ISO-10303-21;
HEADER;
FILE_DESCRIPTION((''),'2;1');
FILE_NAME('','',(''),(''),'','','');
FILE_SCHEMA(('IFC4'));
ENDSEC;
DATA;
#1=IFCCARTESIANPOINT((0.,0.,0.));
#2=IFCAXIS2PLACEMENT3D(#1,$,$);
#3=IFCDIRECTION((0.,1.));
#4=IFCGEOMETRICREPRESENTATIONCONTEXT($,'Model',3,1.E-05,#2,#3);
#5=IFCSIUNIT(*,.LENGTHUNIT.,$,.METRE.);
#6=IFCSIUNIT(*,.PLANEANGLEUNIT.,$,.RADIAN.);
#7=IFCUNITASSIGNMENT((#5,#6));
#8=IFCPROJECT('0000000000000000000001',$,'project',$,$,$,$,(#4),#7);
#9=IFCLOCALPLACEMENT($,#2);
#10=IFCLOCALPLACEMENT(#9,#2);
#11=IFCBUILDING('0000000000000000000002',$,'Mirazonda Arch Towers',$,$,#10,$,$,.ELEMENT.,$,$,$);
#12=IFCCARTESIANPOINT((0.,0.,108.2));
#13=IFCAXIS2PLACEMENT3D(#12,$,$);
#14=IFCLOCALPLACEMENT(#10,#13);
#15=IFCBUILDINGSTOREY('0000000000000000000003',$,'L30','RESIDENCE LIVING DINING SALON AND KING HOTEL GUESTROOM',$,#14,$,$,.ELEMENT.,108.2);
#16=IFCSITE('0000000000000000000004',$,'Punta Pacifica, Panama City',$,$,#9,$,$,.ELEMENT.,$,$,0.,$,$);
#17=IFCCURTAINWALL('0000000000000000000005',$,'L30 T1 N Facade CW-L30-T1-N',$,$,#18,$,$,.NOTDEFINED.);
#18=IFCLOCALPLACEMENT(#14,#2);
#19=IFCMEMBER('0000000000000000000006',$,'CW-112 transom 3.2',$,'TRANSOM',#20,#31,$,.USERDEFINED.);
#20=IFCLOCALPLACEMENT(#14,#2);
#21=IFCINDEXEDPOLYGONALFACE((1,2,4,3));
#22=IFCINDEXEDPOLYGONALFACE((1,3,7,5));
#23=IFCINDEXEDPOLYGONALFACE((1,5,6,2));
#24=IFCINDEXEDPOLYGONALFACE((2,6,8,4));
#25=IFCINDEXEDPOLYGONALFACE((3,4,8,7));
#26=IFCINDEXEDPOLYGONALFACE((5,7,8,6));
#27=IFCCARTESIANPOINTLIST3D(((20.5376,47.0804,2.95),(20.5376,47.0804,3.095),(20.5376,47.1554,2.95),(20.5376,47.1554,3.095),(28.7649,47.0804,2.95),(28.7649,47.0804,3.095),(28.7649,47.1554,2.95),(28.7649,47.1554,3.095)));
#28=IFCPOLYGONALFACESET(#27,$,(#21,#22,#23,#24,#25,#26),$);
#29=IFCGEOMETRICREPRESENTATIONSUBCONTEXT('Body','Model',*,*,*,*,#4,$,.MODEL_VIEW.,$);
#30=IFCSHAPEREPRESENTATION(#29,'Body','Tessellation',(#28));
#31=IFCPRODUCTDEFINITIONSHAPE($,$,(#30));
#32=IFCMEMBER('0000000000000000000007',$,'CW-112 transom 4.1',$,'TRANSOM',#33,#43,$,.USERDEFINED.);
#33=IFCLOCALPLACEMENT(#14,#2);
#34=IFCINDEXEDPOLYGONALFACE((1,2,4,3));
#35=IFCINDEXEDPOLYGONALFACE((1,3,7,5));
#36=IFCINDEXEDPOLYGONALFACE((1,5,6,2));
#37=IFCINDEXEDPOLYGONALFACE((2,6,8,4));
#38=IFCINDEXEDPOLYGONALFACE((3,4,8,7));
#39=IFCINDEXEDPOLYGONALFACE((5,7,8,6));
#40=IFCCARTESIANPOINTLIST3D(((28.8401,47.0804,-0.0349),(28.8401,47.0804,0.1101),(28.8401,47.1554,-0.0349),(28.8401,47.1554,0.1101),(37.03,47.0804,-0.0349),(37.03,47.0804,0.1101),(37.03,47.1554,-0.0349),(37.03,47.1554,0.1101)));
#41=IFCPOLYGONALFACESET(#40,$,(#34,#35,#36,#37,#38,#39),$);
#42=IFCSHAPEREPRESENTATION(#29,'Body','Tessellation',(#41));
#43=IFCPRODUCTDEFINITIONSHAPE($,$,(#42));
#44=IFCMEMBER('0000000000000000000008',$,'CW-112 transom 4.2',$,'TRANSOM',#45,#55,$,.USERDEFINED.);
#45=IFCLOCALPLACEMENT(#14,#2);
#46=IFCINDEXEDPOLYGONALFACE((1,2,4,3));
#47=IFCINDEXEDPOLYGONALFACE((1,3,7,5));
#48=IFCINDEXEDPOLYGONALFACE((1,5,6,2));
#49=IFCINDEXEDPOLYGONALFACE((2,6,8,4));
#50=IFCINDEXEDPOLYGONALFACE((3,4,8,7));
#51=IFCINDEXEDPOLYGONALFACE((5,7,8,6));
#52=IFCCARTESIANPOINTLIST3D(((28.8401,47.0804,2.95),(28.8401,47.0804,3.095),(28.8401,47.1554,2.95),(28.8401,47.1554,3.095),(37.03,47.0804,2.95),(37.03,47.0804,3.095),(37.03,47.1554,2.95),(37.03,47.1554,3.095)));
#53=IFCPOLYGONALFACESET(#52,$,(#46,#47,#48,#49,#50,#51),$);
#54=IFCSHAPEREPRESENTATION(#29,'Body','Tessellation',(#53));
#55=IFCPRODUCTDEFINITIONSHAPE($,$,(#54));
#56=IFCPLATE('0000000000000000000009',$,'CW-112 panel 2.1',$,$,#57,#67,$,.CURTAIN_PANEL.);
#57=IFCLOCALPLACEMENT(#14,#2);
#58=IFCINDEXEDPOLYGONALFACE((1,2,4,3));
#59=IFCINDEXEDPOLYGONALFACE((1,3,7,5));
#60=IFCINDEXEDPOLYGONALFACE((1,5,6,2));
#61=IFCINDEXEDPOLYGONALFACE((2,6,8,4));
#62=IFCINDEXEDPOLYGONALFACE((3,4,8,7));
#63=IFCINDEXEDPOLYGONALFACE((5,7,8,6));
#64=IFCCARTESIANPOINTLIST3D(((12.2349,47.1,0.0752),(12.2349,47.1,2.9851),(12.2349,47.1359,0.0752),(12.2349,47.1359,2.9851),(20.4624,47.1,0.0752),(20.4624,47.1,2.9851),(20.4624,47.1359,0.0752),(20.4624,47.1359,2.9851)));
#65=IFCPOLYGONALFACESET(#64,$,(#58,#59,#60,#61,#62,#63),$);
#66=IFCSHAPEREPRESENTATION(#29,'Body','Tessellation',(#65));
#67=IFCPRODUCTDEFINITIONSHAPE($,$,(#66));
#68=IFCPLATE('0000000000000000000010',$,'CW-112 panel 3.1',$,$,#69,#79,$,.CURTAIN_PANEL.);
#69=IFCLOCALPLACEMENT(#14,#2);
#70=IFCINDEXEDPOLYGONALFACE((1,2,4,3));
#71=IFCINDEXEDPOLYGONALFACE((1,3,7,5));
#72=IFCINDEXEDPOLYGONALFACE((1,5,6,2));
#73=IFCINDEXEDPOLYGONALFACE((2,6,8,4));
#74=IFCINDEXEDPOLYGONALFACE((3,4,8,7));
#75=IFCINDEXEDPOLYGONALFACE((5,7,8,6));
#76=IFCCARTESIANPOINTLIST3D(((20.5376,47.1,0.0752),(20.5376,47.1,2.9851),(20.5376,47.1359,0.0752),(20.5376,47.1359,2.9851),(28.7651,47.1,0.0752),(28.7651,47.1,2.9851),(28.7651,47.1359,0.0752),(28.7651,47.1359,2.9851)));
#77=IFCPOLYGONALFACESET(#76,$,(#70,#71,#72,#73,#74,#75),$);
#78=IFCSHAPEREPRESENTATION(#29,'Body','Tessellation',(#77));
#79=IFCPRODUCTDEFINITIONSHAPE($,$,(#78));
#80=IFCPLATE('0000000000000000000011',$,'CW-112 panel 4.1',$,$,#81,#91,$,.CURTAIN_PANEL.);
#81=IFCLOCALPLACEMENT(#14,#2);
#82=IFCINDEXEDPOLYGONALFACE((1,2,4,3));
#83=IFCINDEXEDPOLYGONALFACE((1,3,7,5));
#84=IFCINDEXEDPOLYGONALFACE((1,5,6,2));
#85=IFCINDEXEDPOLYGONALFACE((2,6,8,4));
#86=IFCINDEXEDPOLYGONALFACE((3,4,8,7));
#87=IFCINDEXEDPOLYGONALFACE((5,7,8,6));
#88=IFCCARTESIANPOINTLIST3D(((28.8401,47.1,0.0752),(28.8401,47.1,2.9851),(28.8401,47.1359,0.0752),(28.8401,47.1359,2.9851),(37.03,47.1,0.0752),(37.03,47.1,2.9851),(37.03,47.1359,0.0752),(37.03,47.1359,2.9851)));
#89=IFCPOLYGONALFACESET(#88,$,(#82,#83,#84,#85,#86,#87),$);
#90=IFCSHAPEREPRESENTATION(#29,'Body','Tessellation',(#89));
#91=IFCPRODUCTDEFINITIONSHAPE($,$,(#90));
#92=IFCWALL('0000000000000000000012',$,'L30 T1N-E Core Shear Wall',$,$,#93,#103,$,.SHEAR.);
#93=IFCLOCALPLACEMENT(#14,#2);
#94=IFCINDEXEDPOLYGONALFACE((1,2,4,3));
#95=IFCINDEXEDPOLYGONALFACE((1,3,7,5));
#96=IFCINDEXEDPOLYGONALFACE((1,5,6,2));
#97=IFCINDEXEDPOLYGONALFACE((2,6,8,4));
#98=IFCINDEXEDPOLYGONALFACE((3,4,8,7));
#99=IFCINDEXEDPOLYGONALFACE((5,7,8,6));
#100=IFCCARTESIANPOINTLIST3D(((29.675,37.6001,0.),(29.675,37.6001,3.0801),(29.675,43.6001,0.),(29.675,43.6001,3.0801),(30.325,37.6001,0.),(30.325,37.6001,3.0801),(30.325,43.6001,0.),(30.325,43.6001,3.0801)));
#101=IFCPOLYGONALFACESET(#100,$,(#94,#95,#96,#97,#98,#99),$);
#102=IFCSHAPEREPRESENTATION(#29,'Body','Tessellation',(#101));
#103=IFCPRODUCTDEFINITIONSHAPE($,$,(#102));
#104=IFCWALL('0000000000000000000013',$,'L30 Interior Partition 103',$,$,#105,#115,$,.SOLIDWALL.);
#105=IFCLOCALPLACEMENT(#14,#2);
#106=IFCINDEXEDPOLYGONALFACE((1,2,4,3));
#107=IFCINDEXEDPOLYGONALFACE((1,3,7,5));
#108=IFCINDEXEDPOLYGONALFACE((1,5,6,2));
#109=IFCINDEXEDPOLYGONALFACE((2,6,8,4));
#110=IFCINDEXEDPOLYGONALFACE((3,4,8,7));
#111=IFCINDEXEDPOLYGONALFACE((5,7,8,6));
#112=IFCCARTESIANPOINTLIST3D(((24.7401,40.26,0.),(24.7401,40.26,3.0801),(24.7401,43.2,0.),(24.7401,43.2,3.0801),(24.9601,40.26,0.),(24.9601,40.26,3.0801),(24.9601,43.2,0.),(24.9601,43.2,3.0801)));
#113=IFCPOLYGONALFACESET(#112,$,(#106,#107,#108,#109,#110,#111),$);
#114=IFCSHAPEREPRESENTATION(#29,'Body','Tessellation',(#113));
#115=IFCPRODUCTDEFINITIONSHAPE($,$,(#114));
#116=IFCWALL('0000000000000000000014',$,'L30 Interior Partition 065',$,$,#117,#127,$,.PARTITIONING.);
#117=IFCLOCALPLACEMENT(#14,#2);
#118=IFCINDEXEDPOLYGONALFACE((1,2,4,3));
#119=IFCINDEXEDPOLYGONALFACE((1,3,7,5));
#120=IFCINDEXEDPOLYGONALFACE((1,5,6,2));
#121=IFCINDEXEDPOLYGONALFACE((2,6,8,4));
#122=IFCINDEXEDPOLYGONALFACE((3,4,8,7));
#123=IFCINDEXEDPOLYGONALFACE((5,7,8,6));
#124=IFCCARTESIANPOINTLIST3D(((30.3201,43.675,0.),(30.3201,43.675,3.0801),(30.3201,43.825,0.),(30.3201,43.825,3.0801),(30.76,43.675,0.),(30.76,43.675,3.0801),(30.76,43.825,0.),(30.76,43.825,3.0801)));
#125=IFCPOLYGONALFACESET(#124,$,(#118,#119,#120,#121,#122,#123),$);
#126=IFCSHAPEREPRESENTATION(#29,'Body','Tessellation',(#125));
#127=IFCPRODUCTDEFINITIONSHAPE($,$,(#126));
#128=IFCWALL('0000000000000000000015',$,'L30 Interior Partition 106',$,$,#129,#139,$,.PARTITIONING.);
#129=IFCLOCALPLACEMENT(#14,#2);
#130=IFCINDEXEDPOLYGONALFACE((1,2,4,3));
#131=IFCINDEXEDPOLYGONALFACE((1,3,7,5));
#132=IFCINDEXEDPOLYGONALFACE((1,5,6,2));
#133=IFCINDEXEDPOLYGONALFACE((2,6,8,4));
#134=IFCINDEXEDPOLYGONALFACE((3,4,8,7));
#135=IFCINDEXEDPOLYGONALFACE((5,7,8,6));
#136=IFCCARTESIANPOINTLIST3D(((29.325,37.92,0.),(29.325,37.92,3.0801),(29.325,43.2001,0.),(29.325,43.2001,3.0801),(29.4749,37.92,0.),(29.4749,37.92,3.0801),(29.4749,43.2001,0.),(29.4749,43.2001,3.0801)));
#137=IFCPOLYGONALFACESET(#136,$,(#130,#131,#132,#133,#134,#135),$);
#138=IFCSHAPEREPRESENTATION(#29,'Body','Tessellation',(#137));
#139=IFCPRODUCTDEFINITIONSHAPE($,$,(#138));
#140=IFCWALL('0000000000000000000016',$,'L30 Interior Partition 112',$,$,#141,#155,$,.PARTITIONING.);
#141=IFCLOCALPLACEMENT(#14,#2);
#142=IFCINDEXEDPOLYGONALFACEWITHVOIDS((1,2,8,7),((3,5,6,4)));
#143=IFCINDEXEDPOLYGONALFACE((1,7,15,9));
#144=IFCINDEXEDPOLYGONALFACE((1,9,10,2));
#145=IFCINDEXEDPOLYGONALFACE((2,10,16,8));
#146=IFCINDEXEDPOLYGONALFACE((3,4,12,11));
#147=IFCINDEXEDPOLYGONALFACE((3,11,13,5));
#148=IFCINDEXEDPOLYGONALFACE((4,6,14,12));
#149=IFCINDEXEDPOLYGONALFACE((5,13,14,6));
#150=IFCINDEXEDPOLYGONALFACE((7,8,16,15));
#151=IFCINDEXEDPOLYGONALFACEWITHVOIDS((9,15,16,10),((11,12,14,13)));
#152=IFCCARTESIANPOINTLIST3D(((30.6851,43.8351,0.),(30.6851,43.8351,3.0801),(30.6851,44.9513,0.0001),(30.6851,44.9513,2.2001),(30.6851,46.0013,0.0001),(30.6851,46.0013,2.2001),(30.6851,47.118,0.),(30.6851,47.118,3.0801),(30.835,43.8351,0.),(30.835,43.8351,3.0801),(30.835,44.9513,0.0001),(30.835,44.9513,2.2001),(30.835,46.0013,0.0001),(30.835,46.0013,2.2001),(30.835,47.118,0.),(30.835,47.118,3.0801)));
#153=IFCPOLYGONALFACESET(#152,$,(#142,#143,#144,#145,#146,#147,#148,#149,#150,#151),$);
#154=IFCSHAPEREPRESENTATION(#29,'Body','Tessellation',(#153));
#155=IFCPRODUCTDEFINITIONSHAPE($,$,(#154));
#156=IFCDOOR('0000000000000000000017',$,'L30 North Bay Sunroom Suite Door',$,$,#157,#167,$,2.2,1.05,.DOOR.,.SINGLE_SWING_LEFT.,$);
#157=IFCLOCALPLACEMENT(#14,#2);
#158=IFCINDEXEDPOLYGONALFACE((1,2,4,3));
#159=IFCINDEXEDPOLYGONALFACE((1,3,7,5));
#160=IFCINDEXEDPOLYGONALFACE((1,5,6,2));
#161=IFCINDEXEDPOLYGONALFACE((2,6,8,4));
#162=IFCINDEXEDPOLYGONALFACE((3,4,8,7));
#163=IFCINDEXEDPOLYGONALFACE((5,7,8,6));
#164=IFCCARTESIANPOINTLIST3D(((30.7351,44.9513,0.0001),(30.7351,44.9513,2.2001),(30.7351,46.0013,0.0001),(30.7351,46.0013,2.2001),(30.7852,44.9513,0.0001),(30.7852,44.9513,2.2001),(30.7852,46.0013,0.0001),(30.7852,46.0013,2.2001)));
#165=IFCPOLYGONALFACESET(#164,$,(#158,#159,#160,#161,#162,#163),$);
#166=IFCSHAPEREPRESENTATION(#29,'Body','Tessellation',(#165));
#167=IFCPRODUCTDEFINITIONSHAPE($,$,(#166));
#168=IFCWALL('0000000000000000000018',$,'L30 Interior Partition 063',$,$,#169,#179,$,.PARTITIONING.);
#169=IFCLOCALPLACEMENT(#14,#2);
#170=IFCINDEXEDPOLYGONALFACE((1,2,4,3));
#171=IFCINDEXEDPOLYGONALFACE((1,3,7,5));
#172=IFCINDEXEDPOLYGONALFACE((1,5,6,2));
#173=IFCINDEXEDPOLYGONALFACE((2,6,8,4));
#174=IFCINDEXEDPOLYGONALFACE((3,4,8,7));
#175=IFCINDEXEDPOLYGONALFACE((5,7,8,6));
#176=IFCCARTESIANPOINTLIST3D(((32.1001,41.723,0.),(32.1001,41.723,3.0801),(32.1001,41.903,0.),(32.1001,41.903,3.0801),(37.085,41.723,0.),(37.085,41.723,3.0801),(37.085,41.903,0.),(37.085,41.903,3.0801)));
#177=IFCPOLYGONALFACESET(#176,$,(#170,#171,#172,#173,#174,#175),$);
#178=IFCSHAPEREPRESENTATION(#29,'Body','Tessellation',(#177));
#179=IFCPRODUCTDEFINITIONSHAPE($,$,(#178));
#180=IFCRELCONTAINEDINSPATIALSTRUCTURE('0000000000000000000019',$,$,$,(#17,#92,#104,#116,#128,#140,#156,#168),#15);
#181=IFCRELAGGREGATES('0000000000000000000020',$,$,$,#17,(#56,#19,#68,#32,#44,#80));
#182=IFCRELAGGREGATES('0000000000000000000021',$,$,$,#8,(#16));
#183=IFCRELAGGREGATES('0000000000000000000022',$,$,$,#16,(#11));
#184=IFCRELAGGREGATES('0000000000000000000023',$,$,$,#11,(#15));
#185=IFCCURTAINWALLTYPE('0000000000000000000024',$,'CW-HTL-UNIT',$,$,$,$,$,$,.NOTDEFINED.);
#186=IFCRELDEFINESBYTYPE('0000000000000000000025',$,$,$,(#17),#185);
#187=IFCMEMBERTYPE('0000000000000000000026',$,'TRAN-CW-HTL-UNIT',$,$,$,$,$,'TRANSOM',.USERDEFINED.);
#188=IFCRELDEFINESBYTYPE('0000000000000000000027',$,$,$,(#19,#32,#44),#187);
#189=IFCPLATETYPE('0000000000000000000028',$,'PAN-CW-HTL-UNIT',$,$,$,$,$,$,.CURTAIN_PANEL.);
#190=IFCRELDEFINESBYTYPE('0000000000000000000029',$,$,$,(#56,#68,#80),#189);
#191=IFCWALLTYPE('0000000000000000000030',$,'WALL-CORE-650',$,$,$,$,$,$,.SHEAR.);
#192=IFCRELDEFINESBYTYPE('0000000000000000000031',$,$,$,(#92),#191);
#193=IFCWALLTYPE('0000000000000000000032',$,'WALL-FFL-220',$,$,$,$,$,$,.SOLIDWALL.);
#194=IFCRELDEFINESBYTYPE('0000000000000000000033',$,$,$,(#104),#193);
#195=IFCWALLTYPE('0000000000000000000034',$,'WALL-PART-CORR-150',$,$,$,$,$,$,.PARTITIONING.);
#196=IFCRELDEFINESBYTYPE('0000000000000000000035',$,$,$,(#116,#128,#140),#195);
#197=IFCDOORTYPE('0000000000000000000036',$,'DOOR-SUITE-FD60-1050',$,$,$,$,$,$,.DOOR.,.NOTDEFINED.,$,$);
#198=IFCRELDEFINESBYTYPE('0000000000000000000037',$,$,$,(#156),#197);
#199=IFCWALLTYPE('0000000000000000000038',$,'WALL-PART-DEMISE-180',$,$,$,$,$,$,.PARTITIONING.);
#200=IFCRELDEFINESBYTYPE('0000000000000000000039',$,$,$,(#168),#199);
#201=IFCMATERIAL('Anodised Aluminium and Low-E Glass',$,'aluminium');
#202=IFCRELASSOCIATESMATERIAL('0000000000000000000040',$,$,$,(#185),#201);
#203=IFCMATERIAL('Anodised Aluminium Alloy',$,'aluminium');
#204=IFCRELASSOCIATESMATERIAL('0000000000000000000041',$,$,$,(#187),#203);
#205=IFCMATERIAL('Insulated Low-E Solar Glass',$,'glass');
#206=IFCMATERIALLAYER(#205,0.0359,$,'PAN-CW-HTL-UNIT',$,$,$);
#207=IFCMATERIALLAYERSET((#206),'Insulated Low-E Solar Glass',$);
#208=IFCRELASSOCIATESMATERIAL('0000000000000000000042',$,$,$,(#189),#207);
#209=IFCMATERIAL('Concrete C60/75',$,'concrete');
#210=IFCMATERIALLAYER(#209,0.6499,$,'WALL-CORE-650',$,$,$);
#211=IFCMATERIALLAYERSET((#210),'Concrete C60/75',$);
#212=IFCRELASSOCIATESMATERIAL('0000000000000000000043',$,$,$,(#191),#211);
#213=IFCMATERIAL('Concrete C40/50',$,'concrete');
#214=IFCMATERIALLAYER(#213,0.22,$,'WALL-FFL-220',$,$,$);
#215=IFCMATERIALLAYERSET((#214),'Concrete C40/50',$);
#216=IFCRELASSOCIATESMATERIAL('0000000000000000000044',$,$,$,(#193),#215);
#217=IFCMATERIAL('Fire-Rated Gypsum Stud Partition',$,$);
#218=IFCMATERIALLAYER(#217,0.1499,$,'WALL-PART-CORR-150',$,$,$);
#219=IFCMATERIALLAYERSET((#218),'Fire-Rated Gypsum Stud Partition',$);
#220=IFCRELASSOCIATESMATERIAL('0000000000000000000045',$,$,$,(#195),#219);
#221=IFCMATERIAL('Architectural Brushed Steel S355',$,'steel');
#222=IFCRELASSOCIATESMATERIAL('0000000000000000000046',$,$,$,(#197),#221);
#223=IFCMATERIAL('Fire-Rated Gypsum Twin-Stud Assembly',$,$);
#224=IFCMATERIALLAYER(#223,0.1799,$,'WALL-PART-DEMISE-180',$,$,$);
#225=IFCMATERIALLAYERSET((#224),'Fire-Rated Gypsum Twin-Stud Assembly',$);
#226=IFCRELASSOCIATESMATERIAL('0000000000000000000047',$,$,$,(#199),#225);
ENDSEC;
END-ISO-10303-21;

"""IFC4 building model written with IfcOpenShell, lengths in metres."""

from ifc_helpers import new_model, si_unit, direction, frame, frame_2d, origin, origin_2d, place, context, subcontext, project, spatial, rectangle, extrude, material, layer, layer_set, material_profile, profile_set, type_object, element, fill, aggregate, save


model = new_model("IFC4")

# Units and contexts
model_context = context("Model", 3, precision=1e-05, world=origin(), true_north=direction((0.0, 1.0)))
body_context = subcontext(model_context, "Body", "Model", "MODEL_VIEW")
ifc_project = project(units=[si_unit("LENGTHUNIT", "METRE"), si_unit("PLANEANGLEUNIT", "RADIAN")], contexts=[model_context])

# Site, building, storey
site_placement = place(None, origin())
site = spatial("IfcSite", under=ifc_project, at=site_placement, Name="Punta Pacifica, Panama City", CompositionType="ELEMENT", RefElevation=0.0)
building_placement = place(site_placement, origin())
building = spatial("IfcBuilding", under=site, at=building_placement, Name="Mirazonda Arch Towers", CompositionType="ELEMENT")
storey_placement = place(building_placement, frame((0.0, 0.0, 108.2)))
storey = spatial("IfcBuildingStorey", under=building, at=storey_placement, Name="L30", Description="RESIDENCE LIVING DINING SALON AND KING HOTEL GUESTROOM", CompositionType="ELEMENT", Elevation=108.2)

# Shared definitions
ifc_material_1 = material(Name="Concrete C60/75", Category="concrete")

# Curtain wall, members, plates
ifc_material_2 = material(Name="Anodised Aluminium and Low-E Glass", Category="aluminium")
curtain_wall_type = type_object("IfcCurtainWallType", Name="CW-HTL-UNIT", PredefinedType="NOTDEFINED", material=ifc_material_2)
curtain_wall_placement = place(storey_placement, origin())
curtain_wall = element("IfcCurtainWall", 1, at=curtain_wall_placement, inside=storey, type_object=curtain_wall_type, Name="L30 T1 N Facade CW-L30-T1-N", PredefinedType="NOTDEFINED")
ifc_material_3 = material(Name="Anodised Aluminium Alloy", Category="aluminium")
ifc_material_profile_1 = material_profile(ifc_material_3, rectangle(XDim=0.075, YDim=0.145, at=origin_2d()), Name="ALU-TRAN-75x145")
ifc_profile_set_1 = profile_set([ifc_material_profile_1], Name="Anodised Aluminium Alloy")
member_type_1 = type_object("IfcMemberType", Name="TRAN-CW-HTL-UNIT", ElementType="TRANSOM", PredefinedType="USERDEFINED", material=ifc_profile_set_1)
member_1_placement = place(storey_placement, frame((20.5376, 47.1179, 3.0225), z_axis=(1.0, 0.0, 0.0), x_axis=(0.0, 1.0, 0.0)))
member_1 = element("IfcMember", 2, at=member_1_placement, type_object=member_type_1, Name="CW-112 transom 3.2", ObjectType="TRANSOM", PredefinedType="USERDEFINED", context=body_context, shape_type="SweptSolid", body=[
    extrude(rectangle(XDim=0.075, YDim=0.145, at=origin_2d()), origin(), (0.0, 0.0, 1.0), 8.2273),
])
member_2_placement = place(storey_placement, frame((28.8401, 47.1179, 0.0376), z_axis=(1.0, 0.0, 0.0), x_axis=(0.0, 1.0, 0.0)))
member_2 = element("IfcMember", 3, at=member_2_placement, type_object=member_type_1, Name="CW-112 transom 4.1", ObjectType="TRANSOM", PredefinedType="USERDEFINED", context=body_context, shape_type="SweptSolid", body=[
    extrude(rectangle(XDim=0.075, YDim=0.145, at=origin_2d()), origin(), (0.0, 0.0, 1.0), 8.1899),
])
member_3_placement = place(storey_placement, frame((28.8401, 47.1179, 3.0225), z_axis=(1.0, 0.0, 0.0), x_axis=(0.0, 1.0, 0.0)))
member_3 = element("IfcMember", 4, at=member_3_placement, type_object=member_type_1, Name="CW-112 transom 4.2", ObjectType="TRANSOM", PredefinedType="USERDEFINED", context=body_context, shape_type="SweptSolid", body=[
    extrude(rectangle(XDim=0.075, YDim=0.145, at=origin_2d()), origin(), (0.0, 0.0, 1.0), 8.1899),
])
ifc_material_4 = material(Name="Insulated Low-E Solar Glass", Category="glass")
ifc_layer_1 = layer(ifc_material_4, 0.0359, Name="PAN-CW-HTL-UNIT")
ifc_layer_set_1 = layer_set([ifc_layer_1], Name="Insulated Low-E Solar Glass")
plate_type = type_object("IfcPlateType", Name="PAN-CW-HTL-UNIT", PredefinedType="CURTAIN_PANEL", material=ifc_layer_set_1)
plate_1_placement = place(storey_placement, frame((16.3486, 47.1179, 0.0752), z_axis=(0.0, 0.0, 1.0), x_axis=(1.0, 0.0, 0.0)))
plate_1 = element("IfcPlate", 5, at=plate_1_placement, type_object=plate_type, Name="CW-112 panel 2.1", PredefinedType="CURTAIN_PANEL", context=body_context, shape_type="SweptSolid", body=[
    extrude(rectangle(XDim=8.2275, YDim=0.0359, at=origin_2d()), origin(), (0.0, 0.0, 1.0), 2.9099),
])
plate_2_placement = place(storey_placement, frame((24.6514, 47.1179, 0.0752), z_axis=(0.0, 0.0, 1.0), x_axis=(1.0, 0.0, 0.0)))
plate_2 = element("IfcPlate", 6, at=plate_2_placement, type_object=plate_type, Name="CW-112 panel 3.1", PredefinedType="CURTAIN_PANEL", context=body_context, shape_type="SweptSolid", body=[
    extrude(rectangle(XDim=8.2275, YDim=0.0359, at=origin_2d()), origin(), (0.0, 0.0, 1.0), 2.9099),
])
plate_3_placement = place(storey_placement, frame((32.9351, 47.1179, 0.0752), z_axis=(0.0, 0.0, 1.0), x_axis=(1.0, 0.0, 0.0)))
plate_3 = element("IfcPlate", 7, at=plate_3_placement, type_object=plate_type, Name="CW-112 panel 4.1", PredefinedType="CURTAIN_PANEL", context=body_context, shape_type="SweptSolid", body=[
    extrude(rectangle(XDim=8.1899, YDim=0.0359, at=origin_2d()), origin(), (0.0, 0.0, 1.0), 2.9099),
])
aggregate(curtain_wall, [plate_1, member_1, plate_2, member_2, member_3, plate_3])

# Walls
ifc_layer_2 = layer(ifc_material_1, 0.6499, Name="WALL-CORE-650")
ifc_layer_set_2 = layer_set([ifc_layer_2], Name="Concrete C60/75")
wall_type_1 = type_object("IfcWallType", Name="WALL-CORE-650", PredefinedType="SHEAR", material=ifc_layer_set_2)
wall_1_placement = place(storey_placement, frame((30.0, 37.6001, 0.0), z_axis=(0.0, 0.0, 1.0), x_axis=(0.0, 1.0, 0.0)))
element("IfcWall", 8, at=wall_1_placement, inside=storey, type_object=wall_type_1, Name="L30 T1N-E Core Shear Wall", PredefinedType="SHEAR", context=body_context, shape_type="SweptSolid", body=[
    extrude(rectangle(XDim=6.0, YDim=0.6499, at=frame_2d((3.0, 0.0))), origin(), (0.0, 0.0, 1.0), 3.0801),
])
ifc_material_5 = material(Name="Concrete C40/50", Category="concrete")
ifc_layer_3 = layer(ifc_material_5, 0.22, Name="WALL-FFL-220")
ifc_layer_set_3 = layer_set([ifc_layer_3], Name="Concrete C40/50")
wall_type_2 = type_object("IfcWallType", Name="WALL-FFL-220", PredefinedType="SOLIDWALL", material=ifc_layer_set_3)
wall_2_placement = place(storey_placement, frame((24.8501, 40.26, 0.0), z_axis=(0.0, 0.0, 1.0), x_axis=(0.0, 1.0, 0.0)))
element("IfcWall", 9, at=wall_2_placement, inside=storey, type_object=wall_type_2, Name="L30 Interior Partition 103", PredefinedType="SOLIDWALL", context=body_context, shape_type="SweptSolid", body=[
    extrude(rectangle(XDim=2.9399, YDim=0.22, at=frame_2d((1.47, 0.0))), origin(), (0.0, 0.0, 1.0), 3.0801),
])
ifc_material_6 = material(Name="Fire-Rated Gypsum Stud Partition")
ifc_layer_4 = layer(ifc_material_6, 0.1499, Name="WALL-PART-CORR-150")
ifc_layer_set_4 = layer_set([ifc_layer_4], Name="Fire-Rated Gypsum Stud Partition")
wall_type_3 = type_object("IfcWallType", Name="WALL-PART-CORR-150", PredefinedType="PARTITIONING", material=ifc_layer_set_4)
wall_3_placement = place(storey_placement, frame((30.3201, 43.75, 0.0), z_axis=(0.0, 0.0, 1.0), x_axis=(1.0, 0.0, 0.0)))
element("IfcWall", 10, at=wall_3_placement, inside=storey, type_object=wall_type_3, Name="L30 Interior Partition 065", PredefinedType="PARTITIONING", context=body_context, shape_type="SweptSolid", body=[
    extrude(rectangle(XDim=0.4399, YDim=0.1499, at=frame_2d((0.22, 0.0))), origin(), (0.0, 0.0, 1.0), 3.0801),
])
wall_4_placement = place(storey_placement, frame((29.3999, 37.9199, 0.0), z_axis=(0.0, 0.0, 1.0), x_axis=(0.0, 1.0, 0.0)))
element("IfcWall", 11, at=wall_4_placement, inside=storey, type_object=wall_type_3, Name="L30 Interior Partition 106", PredefinedType="PARTITIONING", context=body_context, shape_type="SweptSolid", body=[
    extrude(rectangle(XDim=5.28, YDim=0.1499, at=frame_2d((2.6401, 0.0))), origin(), (0.0, 0.0, 1.0), 3.0801),
])

# Wall, opening, door
wall_5_placement = place(storey_placement, frame((30.76, 43.835, 0.0), z_axis=(0.0, 0.0, 1.0), x_axis=(0.0, 1.0, 0.0)))
wall_5 = element("IfcWall", 12, at=wall_5_placement, inside=storey, type_object=wall_type_3, Name="L30 Interior Partition 112", PredefinedType="PARTITIONING", context=body_context, shape_type="SweptSolid", body=[
    extrude(rectangle(XDim=3.283, YDim=0.1499, at=frame_2d((1.6416, 0.0))), origin(), (0.0, 0.0, 1.0), 3.0801),
])
opening_1_placement = place(wall_5_placement, frame((1.1165, 0.0, 0.0)))
opening_1 = element("IfcOpeningElement", 13, at=opening_1_placement, cuts=wall_5, PredefinedType="OPENING", context=body_context, shape_type="SweptSolid", body=[
    extrude(rectangle(XDim=1.05, YDim=2.2, at=frame_2d((0.5249, 1.1001))), frame((0.0, 0.085, 0.0), z_axis=(0.0, -1.0, 0.0), x_axis=(1.0, 0.0, 0.0)), (0.0, 0.0, 1.0), 0.1699),
])
ifc_material_7 = material(Name="Architectural Brushed Steel S355", Category="steel")
door_type_1 = type_object("IfcDoorType", Name="DOOR-SUITE-FD60-1050", OperationType="NOTDEFINED", PredefinedType="DOOR", material=ifc_material_7)
door_1_placement = place(opening_1_placement, origin())
door_1 = element("IfcDoor", 14, at=door_1_placement, inside=storey, type_object=door_type_1, Name="L30 North Bay Sunroom Suite Door", OperationType="SINGLE_SWING_LEFT", OverallHeight=2.2, OverallWidth=1.05, PredefinedType="DOOR", context=body_context, shape_type="SweptSolid", body=[
    extrude(rectangle(XDim=1.05, YDim=2.2, at=frame_2d((0.5249, 1.1001))), frame((0.0, 0.0249, 0.0), z_axis=(0.0, -1.0, 0.0), x_axis=(1.0, 0.0, 0.0)), (0.0, 0.0, 1.0), 0.05),
])
fill(opening_1, door_1)

# Wall
ifc_material_8 = material(Name="Fire-Rated Gypsum Twin-Stud Assembly")
ifc_layer_5 = layer(ifc_material_8, 0.1799, Name="WALL-PART-DEMISE-180")
ifc_layer_set_5 = layer_set([ifc_layer_5], Name="Fire-Rated Gypsum Twin-Stud Assembly")
wall_type_4 = type_object("IfcWallType", Name="WALL-PART-DEMISE-180", PredefinedType="PARTITIONING", material=ifc_layer_set_5)
wall_6_placement = place(storey_placement, frame((32.1001, 41.813, 0.0), z_axis=(0.0, 0.0, 1.0), x_axis=(1.0, 0.0, 0.0)))
element("IfcWall", 15, at=wall_6_placement, inside=storey, type_object=wall_type_4, Name="L30 Interior Partition 063", PredefinedType="PARTITIONING", context=body_context, shape_type="SweptSolid", body=[
    extrude(rectangle(XDim=4.9849, YDim=0.1799, at=frame_2d((2.4924, 0.0))), origin(), (0.0, 0.0, 1.0), 3.0801),
])

save(model, "model.ifc")
